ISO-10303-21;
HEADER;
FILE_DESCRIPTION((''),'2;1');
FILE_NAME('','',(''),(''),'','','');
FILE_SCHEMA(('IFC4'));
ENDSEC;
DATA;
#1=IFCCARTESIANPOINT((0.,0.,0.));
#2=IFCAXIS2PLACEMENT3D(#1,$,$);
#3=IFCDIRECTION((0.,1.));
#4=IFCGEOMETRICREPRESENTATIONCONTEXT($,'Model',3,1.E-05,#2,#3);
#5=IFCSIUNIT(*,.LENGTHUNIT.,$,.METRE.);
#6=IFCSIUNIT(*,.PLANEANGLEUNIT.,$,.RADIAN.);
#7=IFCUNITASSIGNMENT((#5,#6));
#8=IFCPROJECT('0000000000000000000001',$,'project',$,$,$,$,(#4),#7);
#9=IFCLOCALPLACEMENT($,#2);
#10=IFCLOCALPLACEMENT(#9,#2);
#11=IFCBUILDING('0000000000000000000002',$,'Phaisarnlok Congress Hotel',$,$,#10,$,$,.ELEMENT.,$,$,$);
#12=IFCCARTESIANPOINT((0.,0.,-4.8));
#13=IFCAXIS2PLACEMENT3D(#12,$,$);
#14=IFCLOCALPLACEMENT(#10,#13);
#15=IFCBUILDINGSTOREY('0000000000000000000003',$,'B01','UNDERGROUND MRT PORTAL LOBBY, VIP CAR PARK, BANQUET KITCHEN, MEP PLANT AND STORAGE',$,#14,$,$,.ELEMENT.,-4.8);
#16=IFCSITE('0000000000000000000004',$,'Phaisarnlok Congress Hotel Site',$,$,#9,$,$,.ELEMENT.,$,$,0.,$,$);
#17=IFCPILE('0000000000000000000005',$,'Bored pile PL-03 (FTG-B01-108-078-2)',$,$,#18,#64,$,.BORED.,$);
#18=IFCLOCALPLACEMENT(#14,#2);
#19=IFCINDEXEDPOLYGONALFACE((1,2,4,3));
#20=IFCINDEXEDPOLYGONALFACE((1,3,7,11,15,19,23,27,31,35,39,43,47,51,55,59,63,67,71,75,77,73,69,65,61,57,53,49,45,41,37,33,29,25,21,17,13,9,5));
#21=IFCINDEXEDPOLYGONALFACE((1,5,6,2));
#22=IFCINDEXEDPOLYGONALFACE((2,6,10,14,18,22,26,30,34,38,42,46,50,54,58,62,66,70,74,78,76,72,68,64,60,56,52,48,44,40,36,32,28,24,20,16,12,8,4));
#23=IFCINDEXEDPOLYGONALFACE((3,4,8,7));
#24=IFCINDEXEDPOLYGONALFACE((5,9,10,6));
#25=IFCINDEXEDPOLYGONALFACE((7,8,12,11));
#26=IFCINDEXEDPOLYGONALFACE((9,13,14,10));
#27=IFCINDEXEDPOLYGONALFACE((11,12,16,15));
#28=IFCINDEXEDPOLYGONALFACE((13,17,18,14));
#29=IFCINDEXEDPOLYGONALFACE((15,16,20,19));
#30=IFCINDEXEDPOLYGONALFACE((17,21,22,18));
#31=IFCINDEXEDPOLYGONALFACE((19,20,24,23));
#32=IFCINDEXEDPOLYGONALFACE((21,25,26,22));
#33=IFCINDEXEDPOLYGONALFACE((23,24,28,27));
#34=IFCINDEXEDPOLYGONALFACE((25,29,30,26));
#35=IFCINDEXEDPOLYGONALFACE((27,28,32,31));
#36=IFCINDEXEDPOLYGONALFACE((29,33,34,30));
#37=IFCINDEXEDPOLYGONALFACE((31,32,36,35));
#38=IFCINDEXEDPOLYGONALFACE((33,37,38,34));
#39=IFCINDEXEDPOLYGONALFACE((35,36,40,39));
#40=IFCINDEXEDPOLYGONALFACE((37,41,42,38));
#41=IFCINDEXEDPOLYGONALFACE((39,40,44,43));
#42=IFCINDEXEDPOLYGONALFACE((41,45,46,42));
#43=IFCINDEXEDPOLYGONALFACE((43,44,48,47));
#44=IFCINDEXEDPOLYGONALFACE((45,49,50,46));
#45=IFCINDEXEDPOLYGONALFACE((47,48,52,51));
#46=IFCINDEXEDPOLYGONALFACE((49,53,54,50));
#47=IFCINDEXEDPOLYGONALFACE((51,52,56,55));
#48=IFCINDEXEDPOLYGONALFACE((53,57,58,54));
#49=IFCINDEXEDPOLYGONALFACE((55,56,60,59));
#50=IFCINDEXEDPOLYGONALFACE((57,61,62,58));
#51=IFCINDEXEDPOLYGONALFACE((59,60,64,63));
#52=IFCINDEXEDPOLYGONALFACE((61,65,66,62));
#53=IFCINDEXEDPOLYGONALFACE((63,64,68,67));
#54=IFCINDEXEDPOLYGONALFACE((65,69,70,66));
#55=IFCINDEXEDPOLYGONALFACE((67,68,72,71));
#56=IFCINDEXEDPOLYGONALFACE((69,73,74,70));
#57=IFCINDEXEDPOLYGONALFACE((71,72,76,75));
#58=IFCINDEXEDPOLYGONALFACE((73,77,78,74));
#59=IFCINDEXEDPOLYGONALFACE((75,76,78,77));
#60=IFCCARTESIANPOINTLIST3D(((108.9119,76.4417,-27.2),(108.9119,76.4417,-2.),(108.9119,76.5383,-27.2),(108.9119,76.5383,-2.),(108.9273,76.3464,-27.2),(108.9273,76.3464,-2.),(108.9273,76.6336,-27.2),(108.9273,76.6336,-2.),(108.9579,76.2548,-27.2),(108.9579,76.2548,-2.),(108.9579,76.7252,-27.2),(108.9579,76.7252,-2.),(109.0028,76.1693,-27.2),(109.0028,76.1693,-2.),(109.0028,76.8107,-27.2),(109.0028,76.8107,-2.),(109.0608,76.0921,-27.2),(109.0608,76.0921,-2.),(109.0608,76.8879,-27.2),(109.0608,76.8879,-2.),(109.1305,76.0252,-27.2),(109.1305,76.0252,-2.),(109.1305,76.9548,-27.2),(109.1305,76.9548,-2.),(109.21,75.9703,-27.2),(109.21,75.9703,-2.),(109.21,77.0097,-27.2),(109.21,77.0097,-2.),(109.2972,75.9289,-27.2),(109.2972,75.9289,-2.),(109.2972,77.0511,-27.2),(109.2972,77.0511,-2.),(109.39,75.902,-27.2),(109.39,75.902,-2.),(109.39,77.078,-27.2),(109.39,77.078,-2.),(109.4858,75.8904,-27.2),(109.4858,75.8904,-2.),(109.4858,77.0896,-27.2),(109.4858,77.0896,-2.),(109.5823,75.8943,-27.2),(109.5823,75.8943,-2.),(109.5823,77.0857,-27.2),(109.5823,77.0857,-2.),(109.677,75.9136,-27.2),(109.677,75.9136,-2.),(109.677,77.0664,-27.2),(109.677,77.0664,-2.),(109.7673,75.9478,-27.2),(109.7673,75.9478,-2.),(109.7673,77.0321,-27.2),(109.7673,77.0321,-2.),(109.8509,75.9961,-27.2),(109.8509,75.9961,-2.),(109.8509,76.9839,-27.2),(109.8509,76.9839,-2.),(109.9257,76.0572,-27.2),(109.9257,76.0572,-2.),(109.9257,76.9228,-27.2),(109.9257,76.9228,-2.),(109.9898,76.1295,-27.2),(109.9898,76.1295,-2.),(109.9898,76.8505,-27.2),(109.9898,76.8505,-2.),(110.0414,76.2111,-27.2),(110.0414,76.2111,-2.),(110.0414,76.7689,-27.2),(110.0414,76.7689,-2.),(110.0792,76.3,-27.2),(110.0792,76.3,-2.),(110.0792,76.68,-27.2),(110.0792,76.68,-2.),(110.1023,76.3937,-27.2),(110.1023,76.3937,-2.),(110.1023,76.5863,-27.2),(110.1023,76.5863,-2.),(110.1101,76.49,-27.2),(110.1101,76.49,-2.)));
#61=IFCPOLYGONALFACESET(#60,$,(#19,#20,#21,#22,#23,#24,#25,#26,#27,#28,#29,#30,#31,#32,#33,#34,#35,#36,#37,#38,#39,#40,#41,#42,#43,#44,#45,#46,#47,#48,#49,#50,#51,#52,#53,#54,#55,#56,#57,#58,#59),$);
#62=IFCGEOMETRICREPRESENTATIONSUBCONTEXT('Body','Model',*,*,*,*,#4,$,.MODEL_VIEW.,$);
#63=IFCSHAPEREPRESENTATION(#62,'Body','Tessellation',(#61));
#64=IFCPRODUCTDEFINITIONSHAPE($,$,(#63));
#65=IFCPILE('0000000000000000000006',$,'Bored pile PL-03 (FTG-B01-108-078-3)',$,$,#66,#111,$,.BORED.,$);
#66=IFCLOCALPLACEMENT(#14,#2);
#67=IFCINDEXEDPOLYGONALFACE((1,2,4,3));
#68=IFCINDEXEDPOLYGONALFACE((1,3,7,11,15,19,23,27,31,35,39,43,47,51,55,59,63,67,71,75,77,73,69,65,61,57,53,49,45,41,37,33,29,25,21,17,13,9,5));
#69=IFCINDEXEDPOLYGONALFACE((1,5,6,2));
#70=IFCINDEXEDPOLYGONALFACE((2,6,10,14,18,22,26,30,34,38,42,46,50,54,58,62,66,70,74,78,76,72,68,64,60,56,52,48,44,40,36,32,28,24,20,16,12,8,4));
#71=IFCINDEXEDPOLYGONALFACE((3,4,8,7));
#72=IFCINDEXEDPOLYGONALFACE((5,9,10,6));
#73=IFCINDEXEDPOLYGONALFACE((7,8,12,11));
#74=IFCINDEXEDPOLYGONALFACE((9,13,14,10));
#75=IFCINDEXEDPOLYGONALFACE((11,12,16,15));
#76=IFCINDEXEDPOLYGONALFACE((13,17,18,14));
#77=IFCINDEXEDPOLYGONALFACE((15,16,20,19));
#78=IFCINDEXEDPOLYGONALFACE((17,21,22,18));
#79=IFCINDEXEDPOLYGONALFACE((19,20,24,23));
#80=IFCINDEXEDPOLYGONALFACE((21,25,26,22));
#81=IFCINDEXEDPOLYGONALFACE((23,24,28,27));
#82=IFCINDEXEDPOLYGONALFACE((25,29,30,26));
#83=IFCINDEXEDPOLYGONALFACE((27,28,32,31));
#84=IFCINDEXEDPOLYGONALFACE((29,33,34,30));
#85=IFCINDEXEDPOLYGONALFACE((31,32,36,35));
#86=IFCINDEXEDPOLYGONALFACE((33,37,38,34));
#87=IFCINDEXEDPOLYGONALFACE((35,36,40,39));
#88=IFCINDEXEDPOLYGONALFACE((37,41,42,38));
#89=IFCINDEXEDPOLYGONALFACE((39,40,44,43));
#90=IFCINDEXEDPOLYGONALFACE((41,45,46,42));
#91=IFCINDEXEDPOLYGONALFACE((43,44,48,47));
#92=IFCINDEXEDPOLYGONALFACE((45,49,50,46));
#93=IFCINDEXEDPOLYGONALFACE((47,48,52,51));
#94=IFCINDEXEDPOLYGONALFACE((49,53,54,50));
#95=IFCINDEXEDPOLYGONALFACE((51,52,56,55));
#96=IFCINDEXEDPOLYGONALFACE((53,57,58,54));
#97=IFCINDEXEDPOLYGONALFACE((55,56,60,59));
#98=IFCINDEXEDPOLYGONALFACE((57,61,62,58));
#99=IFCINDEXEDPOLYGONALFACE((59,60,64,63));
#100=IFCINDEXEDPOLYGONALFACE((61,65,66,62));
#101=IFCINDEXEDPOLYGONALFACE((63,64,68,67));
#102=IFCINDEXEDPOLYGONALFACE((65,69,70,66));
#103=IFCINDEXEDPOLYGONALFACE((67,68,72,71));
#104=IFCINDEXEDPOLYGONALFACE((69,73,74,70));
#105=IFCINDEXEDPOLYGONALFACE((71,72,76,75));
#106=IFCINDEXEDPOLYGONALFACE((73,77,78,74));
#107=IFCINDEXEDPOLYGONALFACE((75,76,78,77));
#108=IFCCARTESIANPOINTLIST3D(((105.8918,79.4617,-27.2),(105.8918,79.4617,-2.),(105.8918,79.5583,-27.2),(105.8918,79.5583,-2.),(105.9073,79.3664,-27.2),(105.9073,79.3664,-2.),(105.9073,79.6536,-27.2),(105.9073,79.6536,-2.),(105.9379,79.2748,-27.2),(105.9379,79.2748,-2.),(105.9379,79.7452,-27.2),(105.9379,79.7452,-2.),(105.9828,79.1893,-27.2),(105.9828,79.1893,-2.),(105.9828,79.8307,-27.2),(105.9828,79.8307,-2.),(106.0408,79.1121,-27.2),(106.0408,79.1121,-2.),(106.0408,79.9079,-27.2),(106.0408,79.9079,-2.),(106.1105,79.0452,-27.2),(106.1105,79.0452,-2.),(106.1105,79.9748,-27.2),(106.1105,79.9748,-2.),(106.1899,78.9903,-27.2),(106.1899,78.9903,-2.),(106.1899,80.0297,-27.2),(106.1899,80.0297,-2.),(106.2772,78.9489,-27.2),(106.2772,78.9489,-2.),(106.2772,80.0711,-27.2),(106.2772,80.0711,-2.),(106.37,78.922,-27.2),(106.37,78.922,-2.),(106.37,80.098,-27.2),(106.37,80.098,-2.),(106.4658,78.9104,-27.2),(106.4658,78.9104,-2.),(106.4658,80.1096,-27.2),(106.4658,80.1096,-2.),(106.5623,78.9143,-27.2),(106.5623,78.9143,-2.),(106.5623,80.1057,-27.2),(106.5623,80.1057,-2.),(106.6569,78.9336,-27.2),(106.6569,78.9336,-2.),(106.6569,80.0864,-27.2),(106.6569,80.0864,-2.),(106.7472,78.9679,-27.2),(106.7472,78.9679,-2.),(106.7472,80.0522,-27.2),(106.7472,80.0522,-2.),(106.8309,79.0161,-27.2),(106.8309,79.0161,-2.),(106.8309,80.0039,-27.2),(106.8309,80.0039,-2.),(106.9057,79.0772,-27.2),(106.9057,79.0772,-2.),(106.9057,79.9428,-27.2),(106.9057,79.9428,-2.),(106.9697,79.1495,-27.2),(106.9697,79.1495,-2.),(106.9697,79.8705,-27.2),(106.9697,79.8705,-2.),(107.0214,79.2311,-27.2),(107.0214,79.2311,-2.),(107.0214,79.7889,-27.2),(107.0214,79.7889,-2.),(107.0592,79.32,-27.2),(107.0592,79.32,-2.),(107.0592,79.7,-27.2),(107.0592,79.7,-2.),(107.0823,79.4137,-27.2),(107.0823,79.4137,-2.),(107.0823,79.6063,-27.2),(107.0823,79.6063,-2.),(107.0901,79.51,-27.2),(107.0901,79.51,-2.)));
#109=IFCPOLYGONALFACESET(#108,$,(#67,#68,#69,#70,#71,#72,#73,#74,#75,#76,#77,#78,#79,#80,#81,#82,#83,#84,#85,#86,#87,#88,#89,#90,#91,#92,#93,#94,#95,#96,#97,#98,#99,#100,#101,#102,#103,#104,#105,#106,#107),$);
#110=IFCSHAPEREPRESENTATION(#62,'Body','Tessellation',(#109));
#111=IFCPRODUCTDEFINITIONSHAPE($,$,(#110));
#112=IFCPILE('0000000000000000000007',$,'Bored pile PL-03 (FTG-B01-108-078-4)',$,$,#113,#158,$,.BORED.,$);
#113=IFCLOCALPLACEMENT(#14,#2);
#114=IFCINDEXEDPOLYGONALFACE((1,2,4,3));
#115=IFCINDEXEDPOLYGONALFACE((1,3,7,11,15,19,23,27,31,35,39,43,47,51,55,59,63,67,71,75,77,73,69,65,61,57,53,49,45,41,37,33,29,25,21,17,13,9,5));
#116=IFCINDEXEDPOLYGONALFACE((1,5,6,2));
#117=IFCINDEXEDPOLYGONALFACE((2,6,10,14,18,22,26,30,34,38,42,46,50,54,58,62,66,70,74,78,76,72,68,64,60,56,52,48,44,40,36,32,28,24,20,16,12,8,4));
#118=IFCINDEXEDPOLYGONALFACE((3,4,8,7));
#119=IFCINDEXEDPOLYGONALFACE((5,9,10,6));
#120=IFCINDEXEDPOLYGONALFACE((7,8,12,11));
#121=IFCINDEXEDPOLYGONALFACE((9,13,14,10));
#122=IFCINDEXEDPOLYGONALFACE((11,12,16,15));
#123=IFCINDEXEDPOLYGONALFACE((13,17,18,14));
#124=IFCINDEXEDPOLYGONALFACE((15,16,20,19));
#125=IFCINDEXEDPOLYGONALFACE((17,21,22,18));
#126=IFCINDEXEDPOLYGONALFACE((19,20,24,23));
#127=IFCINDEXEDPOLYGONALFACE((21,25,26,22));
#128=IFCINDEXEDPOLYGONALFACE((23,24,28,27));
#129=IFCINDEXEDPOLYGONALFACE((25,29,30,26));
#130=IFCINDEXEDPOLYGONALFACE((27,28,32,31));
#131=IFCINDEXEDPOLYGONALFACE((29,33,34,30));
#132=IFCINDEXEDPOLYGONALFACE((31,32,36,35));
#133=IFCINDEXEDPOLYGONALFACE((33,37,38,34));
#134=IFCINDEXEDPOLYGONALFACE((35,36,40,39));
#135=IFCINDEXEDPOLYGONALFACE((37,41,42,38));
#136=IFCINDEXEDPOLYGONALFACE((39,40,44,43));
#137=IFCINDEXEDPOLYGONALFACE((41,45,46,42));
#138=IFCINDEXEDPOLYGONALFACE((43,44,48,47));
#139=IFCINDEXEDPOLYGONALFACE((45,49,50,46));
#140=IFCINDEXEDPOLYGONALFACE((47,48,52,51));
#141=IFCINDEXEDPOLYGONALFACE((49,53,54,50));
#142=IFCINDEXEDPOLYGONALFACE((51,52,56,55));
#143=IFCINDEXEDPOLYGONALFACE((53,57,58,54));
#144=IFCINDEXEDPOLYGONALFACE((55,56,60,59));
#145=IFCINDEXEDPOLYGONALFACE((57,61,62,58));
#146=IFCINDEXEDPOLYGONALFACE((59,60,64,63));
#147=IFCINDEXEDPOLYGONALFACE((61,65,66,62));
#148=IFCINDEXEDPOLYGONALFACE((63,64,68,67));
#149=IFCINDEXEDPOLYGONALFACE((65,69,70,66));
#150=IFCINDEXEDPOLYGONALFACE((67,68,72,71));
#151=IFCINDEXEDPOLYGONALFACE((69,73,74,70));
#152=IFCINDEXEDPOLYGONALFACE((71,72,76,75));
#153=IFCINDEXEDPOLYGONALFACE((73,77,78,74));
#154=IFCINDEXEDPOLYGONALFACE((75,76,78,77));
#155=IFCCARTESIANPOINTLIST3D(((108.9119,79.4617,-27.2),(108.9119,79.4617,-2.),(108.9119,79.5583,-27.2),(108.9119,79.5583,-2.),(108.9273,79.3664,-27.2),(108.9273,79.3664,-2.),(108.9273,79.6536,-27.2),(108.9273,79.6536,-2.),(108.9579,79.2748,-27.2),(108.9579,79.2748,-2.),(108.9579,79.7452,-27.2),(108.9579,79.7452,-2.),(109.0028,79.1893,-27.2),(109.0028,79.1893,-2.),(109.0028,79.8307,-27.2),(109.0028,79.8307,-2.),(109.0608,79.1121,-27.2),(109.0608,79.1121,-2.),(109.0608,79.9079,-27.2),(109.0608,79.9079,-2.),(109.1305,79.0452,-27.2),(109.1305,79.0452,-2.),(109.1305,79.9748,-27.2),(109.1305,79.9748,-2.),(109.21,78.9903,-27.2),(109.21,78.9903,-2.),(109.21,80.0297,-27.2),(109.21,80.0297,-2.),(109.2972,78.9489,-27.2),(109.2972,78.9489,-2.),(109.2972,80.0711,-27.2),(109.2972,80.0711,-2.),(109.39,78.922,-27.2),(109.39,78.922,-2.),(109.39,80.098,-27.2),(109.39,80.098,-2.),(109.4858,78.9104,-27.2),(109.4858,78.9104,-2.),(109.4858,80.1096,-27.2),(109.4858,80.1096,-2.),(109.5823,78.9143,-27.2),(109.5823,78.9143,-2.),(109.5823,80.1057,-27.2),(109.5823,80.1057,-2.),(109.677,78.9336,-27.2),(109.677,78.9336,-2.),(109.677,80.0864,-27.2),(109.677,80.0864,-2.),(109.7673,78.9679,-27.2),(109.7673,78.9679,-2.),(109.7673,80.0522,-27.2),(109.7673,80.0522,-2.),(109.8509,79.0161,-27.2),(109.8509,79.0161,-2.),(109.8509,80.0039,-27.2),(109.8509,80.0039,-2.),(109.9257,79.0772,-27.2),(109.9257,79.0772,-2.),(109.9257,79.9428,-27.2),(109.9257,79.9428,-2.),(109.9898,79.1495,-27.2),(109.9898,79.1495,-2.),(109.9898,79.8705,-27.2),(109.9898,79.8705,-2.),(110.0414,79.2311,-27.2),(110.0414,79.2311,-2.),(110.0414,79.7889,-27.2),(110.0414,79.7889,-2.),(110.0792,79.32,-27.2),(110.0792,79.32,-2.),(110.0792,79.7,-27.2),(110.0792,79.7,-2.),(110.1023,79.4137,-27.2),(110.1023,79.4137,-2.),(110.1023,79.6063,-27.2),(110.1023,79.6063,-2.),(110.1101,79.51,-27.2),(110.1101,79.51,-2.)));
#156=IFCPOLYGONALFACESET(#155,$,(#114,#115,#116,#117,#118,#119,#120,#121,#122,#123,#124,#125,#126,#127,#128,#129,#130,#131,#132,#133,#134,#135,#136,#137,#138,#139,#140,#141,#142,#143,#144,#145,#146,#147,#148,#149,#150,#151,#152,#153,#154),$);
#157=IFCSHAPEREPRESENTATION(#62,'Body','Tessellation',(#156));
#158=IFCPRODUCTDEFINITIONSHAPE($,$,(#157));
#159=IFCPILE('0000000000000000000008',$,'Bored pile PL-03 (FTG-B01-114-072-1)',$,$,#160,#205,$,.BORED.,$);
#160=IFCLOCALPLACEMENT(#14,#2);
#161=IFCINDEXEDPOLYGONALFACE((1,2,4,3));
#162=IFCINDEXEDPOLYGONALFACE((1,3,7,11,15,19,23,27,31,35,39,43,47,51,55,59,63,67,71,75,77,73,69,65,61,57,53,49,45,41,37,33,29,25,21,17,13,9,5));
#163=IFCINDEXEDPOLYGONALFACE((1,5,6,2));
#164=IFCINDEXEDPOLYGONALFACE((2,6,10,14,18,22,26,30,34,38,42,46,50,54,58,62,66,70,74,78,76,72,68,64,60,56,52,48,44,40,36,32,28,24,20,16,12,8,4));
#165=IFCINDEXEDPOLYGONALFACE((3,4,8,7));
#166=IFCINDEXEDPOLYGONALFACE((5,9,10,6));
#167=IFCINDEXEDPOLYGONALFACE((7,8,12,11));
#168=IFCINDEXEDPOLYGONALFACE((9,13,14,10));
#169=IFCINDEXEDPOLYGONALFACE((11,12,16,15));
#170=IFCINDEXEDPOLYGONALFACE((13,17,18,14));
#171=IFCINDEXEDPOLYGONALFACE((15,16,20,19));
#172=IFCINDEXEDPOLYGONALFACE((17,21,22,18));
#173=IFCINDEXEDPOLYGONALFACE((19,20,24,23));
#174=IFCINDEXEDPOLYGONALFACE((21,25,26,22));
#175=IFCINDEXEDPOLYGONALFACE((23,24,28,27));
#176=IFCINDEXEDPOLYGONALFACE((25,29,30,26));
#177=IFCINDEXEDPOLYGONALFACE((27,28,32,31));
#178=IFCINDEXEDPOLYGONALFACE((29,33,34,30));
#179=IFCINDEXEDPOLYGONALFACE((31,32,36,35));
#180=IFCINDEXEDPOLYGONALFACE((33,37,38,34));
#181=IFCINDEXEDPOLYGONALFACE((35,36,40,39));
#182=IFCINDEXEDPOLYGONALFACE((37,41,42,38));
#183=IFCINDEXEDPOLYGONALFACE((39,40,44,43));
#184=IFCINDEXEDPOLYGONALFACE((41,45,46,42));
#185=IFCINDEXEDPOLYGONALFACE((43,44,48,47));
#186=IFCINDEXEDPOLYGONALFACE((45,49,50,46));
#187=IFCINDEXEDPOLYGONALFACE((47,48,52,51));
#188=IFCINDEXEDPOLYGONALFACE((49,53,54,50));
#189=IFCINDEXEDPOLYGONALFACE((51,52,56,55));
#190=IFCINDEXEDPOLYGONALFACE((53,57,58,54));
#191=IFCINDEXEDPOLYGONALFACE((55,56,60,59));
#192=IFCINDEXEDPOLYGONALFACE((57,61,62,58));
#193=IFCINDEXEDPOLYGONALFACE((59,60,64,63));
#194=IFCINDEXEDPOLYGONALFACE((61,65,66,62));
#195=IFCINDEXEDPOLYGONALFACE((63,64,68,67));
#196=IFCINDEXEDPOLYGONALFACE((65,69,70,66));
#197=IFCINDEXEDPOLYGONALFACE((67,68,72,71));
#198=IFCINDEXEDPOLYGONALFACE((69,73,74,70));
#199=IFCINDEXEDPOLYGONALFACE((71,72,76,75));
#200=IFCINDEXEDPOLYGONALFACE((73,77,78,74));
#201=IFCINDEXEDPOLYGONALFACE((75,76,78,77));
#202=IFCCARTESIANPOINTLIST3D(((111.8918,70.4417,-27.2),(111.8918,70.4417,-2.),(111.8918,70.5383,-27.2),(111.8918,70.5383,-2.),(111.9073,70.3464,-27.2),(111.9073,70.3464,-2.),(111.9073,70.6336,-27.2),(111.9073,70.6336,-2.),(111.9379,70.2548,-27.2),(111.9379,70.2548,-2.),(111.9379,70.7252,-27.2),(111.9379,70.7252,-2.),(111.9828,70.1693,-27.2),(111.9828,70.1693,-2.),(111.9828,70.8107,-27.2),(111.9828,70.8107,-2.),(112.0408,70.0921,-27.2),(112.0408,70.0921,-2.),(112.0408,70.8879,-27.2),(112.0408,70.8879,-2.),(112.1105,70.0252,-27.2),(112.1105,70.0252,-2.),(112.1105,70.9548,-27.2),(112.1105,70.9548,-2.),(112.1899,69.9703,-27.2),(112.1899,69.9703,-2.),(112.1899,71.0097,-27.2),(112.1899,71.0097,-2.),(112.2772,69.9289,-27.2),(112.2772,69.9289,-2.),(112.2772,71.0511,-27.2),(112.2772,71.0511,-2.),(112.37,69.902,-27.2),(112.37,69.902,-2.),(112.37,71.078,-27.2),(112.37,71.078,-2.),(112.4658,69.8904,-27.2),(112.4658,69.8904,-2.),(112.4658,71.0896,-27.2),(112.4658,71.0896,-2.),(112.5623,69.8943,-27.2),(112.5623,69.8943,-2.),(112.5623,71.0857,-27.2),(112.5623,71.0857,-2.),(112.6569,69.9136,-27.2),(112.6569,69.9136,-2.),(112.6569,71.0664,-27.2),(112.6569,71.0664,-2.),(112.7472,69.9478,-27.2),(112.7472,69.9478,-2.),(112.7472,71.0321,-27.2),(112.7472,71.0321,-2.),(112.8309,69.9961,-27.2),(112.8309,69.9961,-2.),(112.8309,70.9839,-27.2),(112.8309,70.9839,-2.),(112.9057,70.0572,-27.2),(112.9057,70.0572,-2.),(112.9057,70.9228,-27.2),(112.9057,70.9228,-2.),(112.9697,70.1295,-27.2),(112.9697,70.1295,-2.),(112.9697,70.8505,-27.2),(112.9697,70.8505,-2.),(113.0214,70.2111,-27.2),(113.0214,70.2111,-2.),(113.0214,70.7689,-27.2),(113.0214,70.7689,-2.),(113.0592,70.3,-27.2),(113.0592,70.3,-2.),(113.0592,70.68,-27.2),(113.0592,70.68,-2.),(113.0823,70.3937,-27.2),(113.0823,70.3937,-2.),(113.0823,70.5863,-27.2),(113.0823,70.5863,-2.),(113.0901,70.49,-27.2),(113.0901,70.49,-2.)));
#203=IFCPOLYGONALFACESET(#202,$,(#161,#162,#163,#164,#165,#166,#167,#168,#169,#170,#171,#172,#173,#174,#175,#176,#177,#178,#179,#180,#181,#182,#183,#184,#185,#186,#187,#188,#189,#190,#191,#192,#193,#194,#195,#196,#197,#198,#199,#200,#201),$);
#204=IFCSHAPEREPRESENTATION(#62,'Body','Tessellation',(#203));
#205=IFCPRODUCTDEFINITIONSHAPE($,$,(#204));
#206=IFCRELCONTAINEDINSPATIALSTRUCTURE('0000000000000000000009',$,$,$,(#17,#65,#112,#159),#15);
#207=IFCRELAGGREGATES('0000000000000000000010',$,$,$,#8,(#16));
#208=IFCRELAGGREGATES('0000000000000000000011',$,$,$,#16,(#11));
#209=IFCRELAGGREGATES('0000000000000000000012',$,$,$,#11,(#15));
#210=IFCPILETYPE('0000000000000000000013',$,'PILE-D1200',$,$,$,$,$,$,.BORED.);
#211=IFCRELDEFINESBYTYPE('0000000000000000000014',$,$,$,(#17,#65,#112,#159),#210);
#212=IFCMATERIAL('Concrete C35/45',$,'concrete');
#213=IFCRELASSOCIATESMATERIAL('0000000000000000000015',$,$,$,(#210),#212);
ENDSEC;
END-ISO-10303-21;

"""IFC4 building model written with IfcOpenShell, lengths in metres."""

from ifc_helpers import new_model, si_unit, direction, frame, origin, origin_2d, place, context, subcontext, project, spatial, circle, extrude, material, material_profile, profile_set, type_object, element, save


model = new_model("IFC4")

# Units and contexts
model_context = context("Model", 3, precision=1e-05, world=origin(), true_north=direction((0.0, 1.0)))
body_context = subcontext(model_context, "Body", "Model", "MODEL_VIEW")
ifc_project = project(units=[si_unit("LENGTHUNIT", "METRE"), si_unit("PLANEANGLEUNIT", "RADIAN")], contexts=[model_context])

# Site, building, storey
site_placement = place(None, origin())
site = spatial("IfcSite", under=ifc_project, at=site_placement, Name="Phaisarnlok Congress Hotel Site", CompositionType="ELEMENT", RefElevation=0.0)
building_placement = place(site_placement, origin())
building = spatial("IfcBuilding", under=site, at=building_placement, Name="Phaisarnlok Congress Hotel", CompositionType="ELEMENT")
storey_placement = place(building_placement, frame((0.0, 0.0, -4.8)))
storey = spatial("IfcBuildingStorey", under=building, at=storey_placement, Name="B01", Description="UNDERGROUND MRT PORTAL LOBBY, VIP CAR PARK, BANQUET KITCHEN, MEP PLANT AND STORAGE", CompositionType="ELEMENT", Elevation=-4.8)

# Piles
ifc_material_1 = material(Name="Concrete C35/45", Category="concrete")
ifc_material_profile_1 = material_profile(ifc_material_1, circle(Radius=0.6001, at=origin_2d()), Name="BORED PILE D1200")
ifc_profile_set_1 = profile_set([ifc_material_profile_1], Name="Concrete C35/45")
pile_type_1 = type_object("IfcPileType", Name="PILE-D1200", PredefinedType="BORED", material=ifc_profile_set_1)
for number, where, z_axis, x_axis, name in (
    (1, (109.51, 76.49, -2.0), (0.0, 0.0, -1.0), (1.0, 0.0, 0.0), "Bored pile PL-03 (FTG-B01-108-078-2)"),
    (2, (106.49, 79.51, -2.0), (0.0, 0.0, -1.0), (1.0, 0.0, 0.0), "Bored pile PL-03 (FTG-B01-108-078-3)"),
    (3, (109.51, 79.51, -2.0), (0.0, 0.0, -1.0), (1.0, 0.0, 0.0), "Bored pile PL-03 (FTG-B01-108-078-4)"),
    (4, (112.49, 70.49, -2.0), (0.0, 0.0, -1.0), (1.0, 0.0, 0.0), "Bored pile PL-03 (FTG-B01-114-072-1)"),
):
    element("IfcPile", number, at=place(storey_placement, frame(where, z_axis=z_axis, x_axis=x_axis)), inside=storey, type_object=pile_type_1, Name=name, PredefinedType="BORED", context=body_context, shape_type="SweptSolid", body=[
        extrude(circle(Radius=0.6001, at=origin_2d()), origin(), (0.0, 0.0, 1.0), 25.2),
    ])

save(model, "model.ifc")
